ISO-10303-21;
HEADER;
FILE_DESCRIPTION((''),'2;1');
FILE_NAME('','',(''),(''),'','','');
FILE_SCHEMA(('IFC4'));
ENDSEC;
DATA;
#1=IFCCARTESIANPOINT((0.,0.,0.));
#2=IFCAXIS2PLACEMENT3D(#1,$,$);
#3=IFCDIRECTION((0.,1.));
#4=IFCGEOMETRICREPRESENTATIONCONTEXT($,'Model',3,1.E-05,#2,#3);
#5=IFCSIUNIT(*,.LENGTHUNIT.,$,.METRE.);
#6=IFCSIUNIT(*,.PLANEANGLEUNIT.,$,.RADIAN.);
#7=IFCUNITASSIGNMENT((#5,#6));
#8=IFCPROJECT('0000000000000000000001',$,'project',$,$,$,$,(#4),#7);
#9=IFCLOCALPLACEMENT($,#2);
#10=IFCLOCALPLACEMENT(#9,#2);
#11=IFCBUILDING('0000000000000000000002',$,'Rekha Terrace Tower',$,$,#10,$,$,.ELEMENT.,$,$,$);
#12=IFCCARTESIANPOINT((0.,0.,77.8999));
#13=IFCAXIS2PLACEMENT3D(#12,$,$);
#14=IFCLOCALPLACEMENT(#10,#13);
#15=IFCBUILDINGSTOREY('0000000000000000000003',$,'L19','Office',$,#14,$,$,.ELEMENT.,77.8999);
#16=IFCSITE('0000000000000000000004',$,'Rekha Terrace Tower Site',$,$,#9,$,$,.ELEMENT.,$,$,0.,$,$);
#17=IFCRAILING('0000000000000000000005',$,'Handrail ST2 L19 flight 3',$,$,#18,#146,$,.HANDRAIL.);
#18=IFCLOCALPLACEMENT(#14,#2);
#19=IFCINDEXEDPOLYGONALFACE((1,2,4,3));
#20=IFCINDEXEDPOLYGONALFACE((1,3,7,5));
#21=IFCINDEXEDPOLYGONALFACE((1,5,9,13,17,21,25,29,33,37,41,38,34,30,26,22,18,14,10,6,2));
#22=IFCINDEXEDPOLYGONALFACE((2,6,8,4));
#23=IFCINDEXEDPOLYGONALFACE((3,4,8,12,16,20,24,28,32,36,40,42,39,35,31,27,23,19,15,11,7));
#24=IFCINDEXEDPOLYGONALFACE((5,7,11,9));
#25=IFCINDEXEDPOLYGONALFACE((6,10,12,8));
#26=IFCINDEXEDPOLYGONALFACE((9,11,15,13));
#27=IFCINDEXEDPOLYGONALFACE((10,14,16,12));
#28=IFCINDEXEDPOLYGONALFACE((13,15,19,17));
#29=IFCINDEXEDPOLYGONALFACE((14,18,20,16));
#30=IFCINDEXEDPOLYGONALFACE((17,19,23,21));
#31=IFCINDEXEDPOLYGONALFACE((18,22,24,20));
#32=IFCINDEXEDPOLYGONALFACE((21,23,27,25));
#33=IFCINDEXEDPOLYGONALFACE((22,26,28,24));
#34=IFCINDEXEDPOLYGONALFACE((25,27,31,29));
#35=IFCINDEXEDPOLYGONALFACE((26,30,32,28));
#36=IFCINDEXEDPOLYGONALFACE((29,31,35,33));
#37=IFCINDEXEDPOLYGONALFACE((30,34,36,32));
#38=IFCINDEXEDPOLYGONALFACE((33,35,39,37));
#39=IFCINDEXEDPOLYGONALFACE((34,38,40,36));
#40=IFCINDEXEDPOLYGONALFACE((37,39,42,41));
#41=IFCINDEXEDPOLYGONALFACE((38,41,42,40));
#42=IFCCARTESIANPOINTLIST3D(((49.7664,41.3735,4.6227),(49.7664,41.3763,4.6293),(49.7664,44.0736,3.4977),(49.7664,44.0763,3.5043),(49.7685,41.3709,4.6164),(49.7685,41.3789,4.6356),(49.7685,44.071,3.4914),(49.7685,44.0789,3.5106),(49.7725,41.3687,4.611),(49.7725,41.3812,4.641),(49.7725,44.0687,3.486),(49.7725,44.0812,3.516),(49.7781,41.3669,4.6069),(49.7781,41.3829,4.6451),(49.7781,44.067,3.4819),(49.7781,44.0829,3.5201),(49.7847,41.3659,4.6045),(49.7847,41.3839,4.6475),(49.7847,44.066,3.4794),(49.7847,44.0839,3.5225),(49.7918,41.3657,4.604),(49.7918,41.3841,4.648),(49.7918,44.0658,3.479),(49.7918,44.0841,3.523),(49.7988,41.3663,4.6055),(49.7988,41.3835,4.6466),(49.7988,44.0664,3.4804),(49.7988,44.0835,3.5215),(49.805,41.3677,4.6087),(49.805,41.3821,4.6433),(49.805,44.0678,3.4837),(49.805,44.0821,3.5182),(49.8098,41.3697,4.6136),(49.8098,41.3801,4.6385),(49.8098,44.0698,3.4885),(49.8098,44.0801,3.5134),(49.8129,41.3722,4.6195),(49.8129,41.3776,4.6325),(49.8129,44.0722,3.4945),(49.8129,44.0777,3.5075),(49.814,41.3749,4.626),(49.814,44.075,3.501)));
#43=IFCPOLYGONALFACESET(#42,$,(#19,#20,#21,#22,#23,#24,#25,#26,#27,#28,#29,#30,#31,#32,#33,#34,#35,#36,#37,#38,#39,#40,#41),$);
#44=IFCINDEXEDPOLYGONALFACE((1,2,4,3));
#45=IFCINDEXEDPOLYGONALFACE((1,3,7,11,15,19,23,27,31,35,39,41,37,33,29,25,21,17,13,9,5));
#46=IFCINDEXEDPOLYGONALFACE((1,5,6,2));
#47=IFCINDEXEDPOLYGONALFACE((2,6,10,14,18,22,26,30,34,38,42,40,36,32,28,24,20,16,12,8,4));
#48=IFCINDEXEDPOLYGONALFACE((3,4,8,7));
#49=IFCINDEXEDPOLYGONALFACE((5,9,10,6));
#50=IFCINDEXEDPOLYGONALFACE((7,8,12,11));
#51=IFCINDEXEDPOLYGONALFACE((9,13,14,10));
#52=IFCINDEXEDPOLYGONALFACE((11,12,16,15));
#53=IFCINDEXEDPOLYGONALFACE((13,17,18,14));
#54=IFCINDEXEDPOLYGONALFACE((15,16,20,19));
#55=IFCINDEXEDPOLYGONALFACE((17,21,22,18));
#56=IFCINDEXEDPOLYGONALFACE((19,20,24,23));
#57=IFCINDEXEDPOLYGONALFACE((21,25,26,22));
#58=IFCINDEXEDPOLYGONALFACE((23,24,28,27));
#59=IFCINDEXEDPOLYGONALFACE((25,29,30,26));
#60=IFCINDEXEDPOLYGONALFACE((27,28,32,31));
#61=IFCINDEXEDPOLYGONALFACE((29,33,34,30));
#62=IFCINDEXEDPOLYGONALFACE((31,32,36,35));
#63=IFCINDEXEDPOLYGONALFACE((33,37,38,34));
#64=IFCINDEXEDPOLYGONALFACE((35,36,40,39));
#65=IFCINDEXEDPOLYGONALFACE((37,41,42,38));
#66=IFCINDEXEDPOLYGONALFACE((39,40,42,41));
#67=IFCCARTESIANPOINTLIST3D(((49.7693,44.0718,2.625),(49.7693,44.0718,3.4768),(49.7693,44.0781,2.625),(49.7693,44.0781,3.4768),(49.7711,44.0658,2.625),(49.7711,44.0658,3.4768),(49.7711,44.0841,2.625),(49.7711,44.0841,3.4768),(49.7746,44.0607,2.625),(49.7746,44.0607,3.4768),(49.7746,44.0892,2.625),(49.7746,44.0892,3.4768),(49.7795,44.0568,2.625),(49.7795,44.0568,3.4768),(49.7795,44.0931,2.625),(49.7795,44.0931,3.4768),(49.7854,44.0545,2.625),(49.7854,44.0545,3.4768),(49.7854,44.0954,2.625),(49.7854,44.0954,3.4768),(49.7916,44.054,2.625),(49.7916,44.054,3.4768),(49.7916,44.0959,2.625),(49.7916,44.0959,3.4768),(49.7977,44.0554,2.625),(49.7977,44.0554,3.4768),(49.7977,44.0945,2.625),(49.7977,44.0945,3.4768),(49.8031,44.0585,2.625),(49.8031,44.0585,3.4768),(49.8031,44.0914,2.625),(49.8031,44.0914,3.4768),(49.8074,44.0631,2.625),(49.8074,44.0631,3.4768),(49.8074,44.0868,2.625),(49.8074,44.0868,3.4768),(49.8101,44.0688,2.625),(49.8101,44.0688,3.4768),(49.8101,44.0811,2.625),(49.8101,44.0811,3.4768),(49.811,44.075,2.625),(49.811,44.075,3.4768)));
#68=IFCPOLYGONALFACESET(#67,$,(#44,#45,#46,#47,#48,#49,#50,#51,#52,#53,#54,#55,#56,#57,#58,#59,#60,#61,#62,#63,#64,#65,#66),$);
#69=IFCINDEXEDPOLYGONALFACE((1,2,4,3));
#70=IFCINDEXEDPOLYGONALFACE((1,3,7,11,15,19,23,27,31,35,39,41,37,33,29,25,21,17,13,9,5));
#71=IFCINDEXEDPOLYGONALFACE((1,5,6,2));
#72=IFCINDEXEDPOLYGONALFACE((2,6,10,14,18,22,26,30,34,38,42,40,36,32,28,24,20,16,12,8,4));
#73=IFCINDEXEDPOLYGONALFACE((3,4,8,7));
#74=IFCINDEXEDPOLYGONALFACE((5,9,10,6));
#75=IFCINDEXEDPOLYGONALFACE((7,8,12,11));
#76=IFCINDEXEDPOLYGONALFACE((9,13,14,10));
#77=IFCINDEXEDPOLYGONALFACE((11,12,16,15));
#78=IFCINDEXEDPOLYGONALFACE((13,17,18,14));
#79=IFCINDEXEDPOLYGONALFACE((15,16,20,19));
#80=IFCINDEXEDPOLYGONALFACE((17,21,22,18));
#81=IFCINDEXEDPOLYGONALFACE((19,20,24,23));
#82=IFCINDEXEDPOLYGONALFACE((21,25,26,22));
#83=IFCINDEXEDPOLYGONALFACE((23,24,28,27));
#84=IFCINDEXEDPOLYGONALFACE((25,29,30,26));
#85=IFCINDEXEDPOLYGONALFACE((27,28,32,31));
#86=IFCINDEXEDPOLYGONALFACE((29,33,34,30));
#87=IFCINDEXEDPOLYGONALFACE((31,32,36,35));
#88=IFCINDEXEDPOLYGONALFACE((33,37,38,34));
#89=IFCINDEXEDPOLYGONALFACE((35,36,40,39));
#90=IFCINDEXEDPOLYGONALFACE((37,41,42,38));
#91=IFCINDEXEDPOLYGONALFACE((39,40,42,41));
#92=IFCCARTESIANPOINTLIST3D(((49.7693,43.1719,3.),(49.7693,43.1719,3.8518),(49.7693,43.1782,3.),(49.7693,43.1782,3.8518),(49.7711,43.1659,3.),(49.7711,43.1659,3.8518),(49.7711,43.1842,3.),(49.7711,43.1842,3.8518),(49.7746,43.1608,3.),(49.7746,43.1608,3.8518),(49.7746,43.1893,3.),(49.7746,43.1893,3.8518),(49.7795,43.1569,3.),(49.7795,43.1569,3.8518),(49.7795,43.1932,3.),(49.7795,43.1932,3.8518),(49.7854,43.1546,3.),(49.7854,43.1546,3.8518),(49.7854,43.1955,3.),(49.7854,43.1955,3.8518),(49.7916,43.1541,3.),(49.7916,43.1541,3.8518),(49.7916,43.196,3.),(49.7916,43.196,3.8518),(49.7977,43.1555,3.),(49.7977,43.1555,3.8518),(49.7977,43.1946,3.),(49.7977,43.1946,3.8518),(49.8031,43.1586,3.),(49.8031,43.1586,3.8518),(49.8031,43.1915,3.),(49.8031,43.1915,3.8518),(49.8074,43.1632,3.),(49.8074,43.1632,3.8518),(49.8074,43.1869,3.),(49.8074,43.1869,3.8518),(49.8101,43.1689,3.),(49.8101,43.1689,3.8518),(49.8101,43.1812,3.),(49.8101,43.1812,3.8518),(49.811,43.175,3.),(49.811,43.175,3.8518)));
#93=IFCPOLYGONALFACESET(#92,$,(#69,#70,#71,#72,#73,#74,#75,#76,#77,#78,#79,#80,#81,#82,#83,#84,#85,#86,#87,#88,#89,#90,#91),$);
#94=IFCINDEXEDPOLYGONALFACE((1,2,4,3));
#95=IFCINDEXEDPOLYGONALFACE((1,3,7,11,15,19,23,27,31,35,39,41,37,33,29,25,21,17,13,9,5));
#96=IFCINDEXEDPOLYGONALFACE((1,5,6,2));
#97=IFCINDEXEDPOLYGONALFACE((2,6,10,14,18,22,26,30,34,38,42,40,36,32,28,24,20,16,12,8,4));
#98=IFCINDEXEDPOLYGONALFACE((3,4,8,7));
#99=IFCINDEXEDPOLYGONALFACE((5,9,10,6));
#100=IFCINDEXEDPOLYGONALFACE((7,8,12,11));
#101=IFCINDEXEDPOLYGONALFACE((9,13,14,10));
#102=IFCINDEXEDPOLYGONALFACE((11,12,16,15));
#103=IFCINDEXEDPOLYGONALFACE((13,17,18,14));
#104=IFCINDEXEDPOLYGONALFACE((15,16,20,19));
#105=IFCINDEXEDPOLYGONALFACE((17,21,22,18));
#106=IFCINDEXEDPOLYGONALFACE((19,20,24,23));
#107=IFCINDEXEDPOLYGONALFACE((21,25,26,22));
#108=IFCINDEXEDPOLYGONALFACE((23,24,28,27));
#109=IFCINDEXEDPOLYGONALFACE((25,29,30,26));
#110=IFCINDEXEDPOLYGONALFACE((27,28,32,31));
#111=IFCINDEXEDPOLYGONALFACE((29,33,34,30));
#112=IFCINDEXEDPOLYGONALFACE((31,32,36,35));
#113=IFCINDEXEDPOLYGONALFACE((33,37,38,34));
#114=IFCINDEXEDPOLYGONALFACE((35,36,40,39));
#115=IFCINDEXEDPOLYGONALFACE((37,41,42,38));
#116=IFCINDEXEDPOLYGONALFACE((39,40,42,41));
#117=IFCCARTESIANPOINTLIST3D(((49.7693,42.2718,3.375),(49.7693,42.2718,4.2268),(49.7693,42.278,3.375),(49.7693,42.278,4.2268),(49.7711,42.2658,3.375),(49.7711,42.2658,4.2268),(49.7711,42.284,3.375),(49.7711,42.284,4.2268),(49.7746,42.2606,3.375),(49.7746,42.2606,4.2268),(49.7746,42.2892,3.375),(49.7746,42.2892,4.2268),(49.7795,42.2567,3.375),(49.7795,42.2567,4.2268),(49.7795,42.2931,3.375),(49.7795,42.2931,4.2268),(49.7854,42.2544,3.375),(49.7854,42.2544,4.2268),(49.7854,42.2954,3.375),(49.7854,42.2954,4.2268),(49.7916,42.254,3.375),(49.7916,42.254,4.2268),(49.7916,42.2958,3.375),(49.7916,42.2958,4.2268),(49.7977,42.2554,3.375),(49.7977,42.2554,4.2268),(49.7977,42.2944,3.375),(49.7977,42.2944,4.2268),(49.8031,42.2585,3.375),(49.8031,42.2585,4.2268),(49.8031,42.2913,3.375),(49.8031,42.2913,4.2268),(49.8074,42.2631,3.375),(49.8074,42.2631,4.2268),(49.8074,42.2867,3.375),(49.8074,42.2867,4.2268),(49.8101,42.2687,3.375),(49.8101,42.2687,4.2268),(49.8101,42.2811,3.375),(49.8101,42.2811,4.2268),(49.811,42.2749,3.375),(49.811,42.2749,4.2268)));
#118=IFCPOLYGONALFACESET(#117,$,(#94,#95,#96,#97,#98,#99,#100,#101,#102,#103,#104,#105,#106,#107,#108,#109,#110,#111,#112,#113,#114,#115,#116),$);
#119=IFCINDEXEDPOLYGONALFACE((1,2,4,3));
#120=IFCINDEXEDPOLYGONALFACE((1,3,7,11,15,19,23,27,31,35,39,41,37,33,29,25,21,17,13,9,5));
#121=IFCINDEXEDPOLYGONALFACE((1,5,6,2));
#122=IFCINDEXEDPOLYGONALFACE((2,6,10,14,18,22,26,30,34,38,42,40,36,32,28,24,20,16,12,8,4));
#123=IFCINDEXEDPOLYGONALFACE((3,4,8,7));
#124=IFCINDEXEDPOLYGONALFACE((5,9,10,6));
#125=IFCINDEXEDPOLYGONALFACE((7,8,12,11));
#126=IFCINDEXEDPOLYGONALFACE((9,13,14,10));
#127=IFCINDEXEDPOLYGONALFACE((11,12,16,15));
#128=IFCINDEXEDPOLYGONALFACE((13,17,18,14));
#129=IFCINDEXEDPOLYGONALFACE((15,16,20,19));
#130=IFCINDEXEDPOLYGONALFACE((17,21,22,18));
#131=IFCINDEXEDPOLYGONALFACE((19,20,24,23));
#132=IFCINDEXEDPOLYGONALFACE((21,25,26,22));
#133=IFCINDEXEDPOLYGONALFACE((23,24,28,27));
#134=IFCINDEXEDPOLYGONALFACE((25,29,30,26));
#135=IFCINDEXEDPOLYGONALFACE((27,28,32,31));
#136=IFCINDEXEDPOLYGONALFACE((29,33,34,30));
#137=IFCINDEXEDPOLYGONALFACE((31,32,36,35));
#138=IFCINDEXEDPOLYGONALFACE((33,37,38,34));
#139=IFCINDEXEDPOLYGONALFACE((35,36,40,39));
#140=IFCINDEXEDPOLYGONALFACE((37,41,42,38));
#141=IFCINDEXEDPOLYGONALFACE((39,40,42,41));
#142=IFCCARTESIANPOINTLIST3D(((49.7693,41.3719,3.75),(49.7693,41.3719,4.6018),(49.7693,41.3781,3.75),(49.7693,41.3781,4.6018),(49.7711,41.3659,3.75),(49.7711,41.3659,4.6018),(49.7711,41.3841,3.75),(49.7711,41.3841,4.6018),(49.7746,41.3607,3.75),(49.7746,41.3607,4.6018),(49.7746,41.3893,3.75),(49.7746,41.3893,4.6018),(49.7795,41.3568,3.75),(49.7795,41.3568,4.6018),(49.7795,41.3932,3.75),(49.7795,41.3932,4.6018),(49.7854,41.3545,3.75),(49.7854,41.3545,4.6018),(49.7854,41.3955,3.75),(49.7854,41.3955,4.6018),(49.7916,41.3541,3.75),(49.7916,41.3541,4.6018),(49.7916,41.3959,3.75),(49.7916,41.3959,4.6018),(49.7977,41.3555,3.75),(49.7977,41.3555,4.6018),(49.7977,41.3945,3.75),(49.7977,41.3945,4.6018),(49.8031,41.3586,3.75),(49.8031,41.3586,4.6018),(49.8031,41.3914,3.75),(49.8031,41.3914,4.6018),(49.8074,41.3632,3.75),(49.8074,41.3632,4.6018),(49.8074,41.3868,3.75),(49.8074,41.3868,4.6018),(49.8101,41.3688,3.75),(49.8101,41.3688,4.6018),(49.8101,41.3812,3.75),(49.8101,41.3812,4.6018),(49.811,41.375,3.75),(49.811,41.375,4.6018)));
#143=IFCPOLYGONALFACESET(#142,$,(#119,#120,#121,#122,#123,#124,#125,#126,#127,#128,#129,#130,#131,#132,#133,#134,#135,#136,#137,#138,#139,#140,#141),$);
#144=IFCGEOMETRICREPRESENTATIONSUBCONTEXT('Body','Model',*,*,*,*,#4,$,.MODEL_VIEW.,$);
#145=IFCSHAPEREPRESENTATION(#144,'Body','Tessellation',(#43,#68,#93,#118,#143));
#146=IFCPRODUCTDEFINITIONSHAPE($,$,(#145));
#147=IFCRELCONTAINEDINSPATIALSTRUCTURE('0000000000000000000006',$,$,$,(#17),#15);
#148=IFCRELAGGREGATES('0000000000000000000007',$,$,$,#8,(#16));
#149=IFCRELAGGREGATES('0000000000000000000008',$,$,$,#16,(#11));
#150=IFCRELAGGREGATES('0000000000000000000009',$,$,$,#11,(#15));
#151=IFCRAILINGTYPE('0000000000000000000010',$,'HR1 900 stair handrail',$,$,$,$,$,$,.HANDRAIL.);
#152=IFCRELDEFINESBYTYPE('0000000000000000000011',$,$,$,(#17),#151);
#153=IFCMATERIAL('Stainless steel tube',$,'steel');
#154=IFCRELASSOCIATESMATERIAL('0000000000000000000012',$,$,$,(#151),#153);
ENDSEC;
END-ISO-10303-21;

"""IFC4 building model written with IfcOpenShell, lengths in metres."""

from ifc_helpers import new_model, si_unit, direction, frame, origin, origin_2d, place, context, subcontext, project, spatial, circle, extrude, material, type_object, element, save


model = new_model("IFC4")

# Units and contexts
model_context = context("Model", 3, precision=1e-05, world=origin(), true_north=direction((0.0, 1.0)))
body_context = subcontext(model_context, "Body", "Model", "MODEL_VIEW")
ifc_project = project(units=[si_unit("LENGTHUNIT", "METRE"), si_unit("PLANEANGLEUNIT", "RADIAN")], contexts=[model_context])

# Site, building, storey
site_placement = place(None, origin())
site = spatial("IfcSite", under=ifc_project, at=site_placement, Name="Rekha Terrace Tower Site", CompositionType="ELEMENT", RefElevation=0.0)
building_placement = place(site_placement, origin())
building = spatial("IfcBuilding", under=site, at=building_placement, Name="Rekha Terrace Tower", CompositionType="ELEMENT")
storey_placement = place(building_placement, frame((0.0, 0.0, 77.8999)))
storey = spatial("IfcBuildingStorey", under=building, at=storey_placement, Name="L19", Description="Office", CompositionType="ELEMENT", Elevation=77.8999)

# Railing
ifc_material_1 = material(Name="Stainless steel tube", Category="steel")
railing_type_1 = type_object("IfcRailingType", Name="HR1 900 stair handrail", PredefinedType="HANDRAIL", material=ifc_material_1)
railing_1_placement = place(storey_placement, frame((49.79, 44.075, 2.625)))
element("IfcRailing", 1, at=railing_1_placement, inside=storey, type_object=railing_type_1, Name="Handrail ST2 L19 flight 3", PredefinedType="HANDRAIL", context=body_context, shape_type="SweptSolid", body=[
    extrude(circle(Radius=0.0239, at=origin_2d()), frame((0.0, 0.0, 0.876), z_axis=(0.0, -0.923074, 0.384621), x_axis=(1.0, 0.0, 0.0)), (0.0, 0.0, 1.0), 2.925),
    extrude(circle(Radius=0.021, at=origin_2d()), origin(), (0.0, 0.0, 1.0), 0.8518),
    extrude(circle(Radius=0.021, at=origin_2d()), frame((0.0, -0.8999, 0.375)), (0.0, 0.0, 1.0), 0.8518),
    extrude(circle(Radius=0.021, at=origin_2d()), frame((0.0, -1.8, 0.75)), (0.0, 0.0, 1.0), 0.8518),
    extrude(circle(Radius=0.021, at=origin_2d()), frame((0.0, -2.7, 1.125)), (0.0, 0.0, 1.0), 0.8518),
])

save(model, "model.ifc")
